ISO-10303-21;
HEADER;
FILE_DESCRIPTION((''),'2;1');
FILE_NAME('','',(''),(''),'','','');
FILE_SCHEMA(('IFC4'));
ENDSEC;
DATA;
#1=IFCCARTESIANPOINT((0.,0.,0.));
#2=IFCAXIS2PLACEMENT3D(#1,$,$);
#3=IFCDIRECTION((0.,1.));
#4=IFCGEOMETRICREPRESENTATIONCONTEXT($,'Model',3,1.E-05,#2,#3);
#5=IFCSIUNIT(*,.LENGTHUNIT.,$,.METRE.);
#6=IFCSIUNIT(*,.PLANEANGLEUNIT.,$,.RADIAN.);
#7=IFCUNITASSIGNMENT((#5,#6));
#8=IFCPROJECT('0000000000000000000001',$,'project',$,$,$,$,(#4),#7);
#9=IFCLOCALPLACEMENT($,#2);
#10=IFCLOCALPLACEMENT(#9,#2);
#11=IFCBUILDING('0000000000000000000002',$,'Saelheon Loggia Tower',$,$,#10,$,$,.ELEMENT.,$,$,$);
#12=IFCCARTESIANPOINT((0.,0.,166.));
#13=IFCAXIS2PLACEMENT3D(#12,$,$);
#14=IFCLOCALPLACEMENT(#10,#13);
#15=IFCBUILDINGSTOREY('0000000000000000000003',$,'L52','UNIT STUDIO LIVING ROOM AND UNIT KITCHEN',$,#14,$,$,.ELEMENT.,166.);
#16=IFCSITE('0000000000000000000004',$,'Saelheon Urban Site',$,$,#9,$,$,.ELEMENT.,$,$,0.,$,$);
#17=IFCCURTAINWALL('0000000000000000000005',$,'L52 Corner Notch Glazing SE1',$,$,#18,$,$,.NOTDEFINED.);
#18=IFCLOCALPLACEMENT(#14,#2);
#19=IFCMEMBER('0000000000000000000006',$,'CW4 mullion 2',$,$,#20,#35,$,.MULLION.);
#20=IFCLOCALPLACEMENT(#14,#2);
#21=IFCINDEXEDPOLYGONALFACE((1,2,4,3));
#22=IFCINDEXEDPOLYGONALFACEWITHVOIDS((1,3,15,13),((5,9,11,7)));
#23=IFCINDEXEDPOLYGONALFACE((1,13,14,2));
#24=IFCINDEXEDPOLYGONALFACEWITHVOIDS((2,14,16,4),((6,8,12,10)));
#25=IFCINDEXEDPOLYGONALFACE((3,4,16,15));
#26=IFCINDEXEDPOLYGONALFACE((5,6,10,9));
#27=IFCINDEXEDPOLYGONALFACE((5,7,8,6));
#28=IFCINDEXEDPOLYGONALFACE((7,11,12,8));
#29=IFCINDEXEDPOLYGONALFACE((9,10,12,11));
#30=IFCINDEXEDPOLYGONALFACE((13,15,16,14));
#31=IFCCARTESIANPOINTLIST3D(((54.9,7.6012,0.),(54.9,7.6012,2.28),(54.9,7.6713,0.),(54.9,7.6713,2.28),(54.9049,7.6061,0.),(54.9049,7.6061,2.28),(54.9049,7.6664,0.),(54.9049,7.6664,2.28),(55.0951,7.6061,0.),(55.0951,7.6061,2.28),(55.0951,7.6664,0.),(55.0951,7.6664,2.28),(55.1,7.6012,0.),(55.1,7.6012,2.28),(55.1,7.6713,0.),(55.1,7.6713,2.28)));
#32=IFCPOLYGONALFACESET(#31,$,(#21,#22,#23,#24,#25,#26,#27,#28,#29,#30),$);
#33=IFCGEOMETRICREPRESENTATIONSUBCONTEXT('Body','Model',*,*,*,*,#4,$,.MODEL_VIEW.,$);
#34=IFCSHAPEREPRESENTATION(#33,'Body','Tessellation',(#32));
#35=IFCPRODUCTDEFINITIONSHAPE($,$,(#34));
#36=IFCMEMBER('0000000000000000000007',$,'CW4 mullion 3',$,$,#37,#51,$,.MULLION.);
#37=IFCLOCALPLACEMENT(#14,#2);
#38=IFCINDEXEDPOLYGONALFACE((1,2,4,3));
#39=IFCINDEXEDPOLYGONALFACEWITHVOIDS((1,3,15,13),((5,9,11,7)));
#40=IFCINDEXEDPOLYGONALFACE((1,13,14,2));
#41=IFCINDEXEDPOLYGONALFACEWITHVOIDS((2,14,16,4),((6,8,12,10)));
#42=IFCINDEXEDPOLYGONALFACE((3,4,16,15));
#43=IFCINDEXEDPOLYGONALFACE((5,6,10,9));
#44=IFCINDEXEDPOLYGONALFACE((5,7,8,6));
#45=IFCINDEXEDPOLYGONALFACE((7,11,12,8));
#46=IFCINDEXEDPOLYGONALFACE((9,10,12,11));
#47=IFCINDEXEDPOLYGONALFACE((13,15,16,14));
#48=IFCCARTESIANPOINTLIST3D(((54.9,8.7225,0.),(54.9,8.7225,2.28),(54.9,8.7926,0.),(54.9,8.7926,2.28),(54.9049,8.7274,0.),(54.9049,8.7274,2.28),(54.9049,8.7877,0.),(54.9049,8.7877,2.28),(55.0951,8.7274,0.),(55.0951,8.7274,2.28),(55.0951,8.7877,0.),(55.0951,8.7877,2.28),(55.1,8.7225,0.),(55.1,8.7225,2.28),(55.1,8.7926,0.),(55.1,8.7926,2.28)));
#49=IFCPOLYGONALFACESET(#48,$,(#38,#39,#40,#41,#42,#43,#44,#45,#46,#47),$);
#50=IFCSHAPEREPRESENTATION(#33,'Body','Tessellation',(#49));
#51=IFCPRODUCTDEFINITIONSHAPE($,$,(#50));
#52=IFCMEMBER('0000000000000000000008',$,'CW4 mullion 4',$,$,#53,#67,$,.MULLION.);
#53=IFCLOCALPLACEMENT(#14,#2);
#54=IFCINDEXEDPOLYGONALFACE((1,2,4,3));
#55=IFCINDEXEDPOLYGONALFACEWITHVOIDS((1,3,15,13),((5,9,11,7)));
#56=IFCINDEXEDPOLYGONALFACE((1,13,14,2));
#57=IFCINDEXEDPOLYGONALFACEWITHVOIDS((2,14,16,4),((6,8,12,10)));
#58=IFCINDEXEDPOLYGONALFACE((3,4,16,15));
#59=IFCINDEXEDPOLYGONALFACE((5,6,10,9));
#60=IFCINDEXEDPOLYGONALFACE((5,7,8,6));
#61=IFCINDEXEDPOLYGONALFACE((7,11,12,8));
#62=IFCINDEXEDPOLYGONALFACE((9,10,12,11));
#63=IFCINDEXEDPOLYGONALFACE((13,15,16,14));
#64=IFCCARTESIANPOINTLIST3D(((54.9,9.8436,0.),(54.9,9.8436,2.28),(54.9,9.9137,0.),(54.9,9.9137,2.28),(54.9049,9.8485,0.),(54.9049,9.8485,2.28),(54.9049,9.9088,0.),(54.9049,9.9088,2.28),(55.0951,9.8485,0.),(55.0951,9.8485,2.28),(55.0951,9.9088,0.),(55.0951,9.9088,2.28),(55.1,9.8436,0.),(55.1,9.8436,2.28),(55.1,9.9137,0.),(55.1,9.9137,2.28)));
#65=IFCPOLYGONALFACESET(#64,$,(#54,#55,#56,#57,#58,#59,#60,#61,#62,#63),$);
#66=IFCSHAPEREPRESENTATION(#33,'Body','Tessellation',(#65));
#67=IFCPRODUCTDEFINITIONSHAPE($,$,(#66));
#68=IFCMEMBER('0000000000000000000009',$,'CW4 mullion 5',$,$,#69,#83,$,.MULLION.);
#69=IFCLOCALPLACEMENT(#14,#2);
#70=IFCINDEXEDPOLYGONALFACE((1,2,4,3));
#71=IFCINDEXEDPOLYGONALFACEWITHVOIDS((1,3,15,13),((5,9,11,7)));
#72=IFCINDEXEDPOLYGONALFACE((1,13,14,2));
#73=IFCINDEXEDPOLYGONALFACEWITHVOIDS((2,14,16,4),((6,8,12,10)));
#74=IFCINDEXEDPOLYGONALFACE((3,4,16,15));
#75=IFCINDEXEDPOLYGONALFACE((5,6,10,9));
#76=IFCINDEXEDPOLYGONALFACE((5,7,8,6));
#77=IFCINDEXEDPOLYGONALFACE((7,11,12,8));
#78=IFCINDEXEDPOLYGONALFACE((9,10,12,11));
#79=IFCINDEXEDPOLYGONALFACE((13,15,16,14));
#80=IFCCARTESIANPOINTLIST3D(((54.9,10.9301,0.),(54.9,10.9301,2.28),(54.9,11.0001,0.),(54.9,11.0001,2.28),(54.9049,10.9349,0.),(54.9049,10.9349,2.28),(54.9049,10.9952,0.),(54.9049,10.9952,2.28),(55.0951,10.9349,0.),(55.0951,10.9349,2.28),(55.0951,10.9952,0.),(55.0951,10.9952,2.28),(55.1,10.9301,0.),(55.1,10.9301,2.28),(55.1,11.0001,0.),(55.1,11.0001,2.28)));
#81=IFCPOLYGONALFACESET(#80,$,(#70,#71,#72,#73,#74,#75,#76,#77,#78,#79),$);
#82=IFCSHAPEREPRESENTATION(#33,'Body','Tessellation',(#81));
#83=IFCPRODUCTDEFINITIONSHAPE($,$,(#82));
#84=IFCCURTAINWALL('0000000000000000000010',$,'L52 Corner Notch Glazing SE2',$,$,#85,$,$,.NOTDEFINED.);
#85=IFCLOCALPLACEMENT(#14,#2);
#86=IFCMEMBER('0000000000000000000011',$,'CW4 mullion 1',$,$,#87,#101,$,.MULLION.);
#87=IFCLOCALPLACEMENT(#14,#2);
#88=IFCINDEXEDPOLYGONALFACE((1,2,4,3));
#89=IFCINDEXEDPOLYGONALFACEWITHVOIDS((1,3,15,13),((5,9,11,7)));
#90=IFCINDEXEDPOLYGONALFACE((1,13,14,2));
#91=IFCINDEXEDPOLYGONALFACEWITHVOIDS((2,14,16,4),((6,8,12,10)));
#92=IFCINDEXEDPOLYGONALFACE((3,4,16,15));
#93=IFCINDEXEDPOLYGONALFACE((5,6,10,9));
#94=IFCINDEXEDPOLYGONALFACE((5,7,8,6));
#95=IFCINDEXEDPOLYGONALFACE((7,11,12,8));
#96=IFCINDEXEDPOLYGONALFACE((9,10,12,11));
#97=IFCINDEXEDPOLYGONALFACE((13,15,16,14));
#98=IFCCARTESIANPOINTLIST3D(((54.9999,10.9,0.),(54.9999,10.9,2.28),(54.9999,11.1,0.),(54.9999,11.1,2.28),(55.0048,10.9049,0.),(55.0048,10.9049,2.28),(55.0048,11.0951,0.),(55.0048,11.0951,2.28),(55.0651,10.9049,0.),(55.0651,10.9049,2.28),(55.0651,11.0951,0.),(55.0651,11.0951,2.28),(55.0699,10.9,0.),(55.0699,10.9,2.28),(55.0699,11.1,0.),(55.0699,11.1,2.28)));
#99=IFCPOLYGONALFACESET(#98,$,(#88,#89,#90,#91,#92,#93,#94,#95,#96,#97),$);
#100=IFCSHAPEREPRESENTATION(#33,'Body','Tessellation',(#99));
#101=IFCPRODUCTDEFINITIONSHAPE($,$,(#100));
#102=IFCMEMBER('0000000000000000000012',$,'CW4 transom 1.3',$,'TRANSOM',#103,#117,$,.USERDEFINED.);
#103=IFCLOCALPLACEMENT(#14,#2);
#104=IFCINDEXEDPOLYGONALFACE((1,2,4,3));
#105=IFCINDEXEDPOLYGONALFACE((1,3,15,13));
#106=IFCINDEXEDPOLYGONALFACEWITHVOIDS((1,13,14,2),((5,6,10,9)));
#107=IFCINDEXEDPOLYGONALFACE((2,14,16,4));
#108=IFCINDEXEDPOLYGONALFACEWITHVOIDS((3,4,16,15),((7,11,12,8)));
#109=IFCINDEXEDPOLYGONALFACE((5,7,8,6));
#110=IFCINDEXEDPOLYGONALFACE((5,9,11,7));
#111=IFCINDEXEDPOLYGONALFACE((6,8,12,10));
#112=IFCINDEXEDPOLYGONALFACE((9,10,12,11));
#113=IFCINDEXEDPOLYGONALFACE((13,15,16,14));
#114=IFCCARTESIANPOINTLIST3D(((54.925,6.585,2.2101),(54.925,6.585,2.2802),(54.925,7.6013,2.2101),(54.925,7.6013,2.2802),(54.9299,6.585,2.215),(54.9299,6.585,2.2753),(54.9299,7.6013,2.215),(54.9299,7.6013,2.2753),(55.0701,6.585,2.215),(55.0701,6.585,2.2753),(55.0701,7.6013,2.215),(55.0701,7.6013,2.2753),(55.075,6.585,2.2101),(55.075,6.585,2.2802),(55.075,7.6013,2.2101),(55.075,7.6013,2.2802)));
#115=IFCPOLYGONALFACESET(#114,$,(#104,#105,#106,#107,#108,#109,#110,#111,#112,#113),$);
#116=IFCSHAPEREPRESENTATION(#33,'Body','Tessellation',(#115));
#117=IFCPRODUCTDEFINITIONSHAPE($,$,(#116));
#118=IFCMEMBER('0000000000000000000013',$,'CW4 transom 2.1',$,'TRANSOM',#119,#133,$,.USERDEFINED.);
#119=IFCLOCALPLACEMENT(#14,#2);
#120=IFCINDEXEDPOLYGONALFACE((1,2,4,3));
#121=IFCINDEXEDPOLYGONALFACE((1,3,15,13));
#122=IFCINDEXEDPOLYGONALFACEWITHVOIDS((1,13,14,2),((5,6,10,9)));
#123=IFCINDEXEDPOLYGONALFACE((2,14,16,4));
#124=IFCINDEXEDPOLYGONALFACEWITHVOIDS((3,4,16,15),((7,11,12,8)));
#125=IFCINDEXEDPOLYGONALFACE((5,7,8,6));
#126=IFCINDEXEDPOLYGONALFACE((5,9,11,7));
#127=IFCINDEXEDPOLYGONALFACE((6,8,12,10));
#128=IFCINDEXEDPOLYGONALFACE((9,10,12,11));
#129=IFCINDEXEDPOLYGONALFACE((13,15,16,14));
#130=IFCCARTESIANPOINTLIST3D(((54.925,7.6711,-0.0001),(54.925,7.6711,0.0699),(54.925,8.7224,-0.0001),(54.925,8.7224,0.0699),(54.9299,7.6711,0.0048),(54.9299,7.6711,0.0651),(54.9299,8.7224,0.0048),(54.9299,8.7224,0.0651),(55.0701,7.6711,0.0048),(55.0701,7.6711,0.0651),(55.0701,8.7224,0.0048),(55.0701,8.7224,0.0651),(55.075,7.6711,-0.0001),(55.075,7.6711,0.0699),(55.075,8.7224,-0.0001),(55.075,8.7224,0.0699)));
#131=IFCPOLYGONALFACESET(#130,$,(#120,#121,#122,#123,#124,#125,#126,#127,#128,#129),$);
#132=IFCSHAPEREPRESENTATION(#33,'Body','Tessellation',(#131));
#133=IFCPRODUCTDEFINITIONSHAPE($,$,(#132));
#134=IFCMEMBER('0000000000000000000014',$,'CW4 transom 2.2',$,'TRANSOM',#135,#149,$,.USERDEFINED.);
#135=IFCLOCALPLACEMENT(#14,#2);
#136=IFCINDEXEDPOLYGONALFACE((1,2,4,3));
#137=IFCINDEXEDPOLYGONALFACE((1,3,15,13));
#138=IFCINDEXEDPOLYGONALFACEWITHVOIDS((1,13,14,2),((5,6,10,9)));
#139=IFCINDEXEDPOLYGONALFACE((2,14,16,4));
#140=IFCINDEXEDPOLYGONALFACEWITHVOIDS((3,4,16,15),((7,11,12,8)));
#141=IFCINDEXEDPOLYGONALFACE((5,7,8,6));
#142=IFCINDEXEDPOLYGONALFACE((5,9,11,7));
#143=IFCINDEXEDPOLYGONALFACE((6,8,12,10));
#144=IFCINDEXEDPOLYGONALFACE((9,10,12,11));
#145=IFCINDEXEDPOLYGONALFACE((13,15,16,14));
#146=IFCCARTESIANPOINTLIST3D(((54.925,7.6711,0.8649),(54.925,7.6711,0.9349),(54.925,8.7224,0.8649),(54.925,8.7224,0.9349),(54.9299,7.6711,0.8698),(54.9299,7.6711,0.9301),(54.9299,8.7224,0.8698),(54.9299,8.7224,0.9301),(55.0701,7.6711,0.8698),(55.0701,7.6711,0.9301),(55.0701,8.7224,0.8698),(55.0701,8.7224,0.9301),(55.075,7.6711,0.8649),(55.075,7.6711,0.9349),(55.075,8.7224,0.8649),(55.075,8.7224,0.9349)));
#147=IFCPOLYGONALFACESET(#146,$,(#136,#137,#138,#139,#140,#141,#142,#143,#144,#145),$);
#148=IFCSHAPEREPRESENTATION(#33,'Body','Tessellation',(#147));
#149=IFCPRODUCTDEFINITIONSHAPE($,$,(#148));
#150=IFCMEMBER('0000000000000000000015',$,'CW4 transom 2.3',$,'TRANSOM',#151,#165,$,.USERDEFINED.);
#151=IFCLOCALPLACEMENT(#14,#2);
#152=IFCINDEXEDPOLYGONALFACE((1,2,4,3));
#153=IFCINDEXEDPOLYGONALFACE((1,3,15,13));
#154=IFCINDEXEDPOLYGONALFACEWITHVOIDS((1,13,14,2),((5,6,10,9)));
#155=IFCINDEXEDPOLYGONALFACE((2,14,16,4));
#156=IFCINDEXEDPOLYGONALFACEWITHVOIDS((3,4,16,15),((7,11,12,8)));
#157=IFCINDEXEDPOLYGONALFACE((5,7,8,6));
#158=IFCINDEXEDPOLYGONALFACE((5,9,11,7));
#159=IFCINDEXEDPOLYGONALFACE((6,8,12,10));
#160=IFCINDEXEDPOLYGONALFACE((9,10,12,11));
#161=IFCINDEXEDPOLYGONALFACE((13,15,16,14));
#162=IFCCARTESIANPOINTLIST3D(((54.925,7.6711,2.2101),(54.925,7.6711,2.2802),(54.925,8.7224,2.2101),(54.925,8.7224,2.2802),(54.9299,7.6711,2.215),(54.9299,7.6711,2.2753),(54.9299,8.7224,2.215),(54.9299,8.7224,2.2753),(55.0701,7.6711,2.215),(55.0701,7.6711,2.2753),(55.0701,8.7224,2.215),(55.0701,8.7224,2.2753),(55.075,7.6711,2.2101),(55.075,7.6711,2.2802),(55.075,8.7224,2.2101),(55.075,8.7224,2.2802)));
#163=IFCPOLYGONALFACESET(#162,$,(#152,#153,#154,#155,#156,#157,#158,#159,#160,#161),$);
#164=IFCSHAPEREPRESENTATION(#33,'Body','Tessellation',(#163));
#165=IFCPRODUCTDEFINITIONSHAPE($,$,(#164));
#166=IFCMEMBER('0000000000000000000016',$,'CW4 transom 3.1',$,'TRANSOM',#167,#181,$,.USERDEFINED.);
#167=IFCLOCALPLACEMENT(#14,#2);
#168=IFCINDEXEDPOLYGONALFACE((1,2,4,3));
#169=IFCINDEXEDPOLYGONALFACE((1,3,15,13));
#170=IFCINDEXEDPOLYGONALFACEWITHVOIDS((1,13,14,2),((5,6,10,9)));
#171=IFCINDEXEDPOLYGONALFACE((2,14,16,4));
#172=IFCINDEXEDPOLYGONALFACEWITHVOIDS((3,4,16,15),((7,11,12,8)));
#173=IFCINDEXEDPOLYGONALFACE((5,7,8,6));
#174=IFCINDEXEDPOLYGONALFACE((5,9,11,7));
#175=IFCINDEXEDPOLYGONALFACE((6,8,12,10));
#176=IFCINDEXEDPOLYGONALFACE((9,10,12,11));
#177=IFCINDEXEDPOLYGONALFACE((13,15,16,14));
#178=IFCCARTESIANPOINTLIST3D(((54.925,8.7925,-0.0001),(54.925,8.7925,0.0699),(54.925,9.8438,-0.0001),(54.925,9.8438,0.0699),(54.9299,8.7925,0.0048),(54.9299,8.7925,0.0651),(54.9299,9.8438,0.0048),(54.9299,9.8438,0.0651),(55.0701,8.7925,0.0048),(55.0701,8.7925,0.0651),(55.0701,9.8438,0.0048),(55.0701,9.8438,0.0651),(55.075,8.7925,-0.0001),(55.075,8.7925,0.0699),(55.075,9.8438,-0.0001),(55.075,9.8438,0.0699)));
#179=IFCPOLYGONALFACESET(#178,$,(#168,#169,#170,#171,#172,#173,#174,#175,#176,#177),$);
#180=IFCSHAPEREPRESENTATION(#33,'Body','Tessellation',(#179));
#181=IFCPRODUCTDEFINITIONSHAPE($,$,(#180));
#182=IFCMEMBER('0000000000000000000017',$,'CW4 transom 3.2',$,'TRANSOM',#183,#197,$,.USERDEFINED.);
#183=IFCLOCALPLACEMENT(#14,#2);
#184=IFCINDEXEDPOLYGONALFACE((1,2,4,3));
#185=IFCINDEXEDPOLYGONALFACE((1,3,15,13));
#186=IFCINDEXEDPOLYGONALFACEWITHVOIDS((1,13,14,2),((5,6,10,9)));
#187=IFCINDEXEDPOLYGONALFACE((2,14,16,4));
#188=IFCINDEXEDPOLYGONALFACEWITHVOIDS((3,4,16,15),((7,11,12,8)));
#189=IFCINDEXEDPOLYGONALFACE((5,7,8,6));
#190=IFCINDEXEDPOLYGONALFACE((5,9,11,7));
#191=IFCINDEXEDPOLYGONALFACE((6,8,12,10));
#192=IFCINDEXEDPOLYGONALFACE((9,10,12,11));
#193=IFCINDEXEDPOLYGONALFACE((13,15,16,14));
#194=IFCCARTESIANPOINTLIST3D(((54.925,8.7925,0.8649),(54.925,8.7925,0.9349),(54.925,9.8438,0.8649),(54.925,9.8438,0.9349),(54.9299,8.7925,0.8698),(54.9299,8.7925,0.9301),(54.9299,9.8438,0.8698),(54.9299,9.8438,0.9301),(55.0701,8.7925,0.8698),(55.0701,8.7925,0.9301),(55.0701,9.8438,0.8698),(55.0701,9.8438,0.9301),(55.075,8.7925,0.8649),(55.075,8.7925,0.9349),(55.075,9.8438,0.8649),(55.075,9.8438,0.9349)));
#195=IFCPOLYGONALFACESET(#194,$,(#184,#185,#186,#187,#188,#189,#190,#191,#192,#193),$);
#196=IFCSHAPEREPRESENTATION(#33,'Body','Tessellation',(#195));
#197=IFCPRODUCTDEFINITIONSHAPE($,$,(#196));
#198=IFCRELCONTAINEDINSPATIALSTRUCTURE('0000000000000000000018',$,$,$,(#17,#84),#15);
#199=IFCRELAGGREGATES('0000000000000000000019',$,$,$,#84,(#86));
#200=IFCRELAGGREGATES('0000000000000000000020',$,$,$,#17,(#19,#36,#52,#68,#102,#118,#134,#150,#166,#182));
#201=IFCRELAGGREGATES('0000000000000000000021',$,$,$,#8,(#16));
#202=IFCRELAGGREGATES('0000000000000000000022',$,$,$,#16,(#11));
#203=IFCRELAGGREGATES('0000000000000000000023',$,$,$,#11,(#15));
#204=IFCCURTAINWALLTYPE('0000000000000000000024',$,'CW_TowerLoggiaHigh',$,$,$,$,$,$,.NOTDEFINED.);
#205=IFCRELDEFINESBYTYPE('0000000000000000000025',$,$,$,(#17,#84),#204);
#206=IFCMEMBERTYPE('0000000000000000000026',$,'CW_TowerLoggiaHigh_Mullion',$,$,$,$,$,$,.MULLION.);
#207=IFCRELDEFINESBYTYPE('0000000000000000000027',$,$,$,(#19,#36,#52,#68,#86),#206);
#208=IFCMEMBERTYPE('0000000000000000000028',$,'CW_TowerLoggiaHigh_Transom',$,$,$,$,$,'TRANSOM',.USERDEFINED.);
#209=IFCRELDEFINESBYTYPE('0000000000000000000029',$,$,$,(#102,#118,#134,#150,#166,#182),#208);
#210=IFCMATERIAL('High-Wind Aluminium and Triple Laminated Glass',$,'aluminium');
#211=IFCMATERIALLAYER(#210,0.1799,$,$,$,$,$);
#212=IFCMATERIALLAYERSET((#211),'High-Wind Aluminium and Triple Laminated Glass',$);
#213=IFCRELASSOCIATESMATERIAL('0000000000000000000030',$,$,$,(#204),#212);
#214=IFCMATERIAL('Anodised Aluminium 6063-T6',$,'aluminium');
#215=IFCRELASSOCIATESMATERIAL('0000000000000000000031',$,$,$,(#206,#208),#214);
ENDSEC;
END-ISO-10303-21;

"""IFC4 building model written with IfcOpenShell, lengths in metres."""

from ifc_helpers import new_model, si_unit, direction, frame, origin, origin_2d, place, context, subcontext, project, spatial, hollow_rectangle, extrude, source, transform, mapped, material, layer, layer_set, material_profile, profile_set, type_object, element, aggregate, save


model = new_model("IFC4")

# Units and contexts
model_context = context("Model", 3, precision=1e-05, world=origin(), true_north=direction((0.0, 1.0)))
body_context = subcontext(model_context, "Body", "Model", "MODEL_VIEW")
ifc_project = project(units=[si_unit("LENGTHUNIT", "METRE"), si_unit("PLANEANGLEUNIT", "RADIAN")], contexts=[model_context])

# Site, building, storey
site_placement = place(None, origin())
site = spatial("IfcSite", under=ifc_project, at=site_placement, Name="Saelheon Urban Site", CompositionType="ELEMENT", RefElevation=0.0)
building_placement = place(site_placement, origin())
building = spatial("IfcBuilding", under=site, at=building_placement, Name="Saelheon Loggia Tower", CompositionType="ELEMENT")
storey_placement = place(building_placement, frame((0.0, 0.0, 166.0)))
storey = spatial("IfcBuildingStorey", under=building, at=storey_placement, Name="L52", Description="UNIT STUDIO LIVING ROOM AND UNIT KITCHEN", CompositionType="ELEMENT", Elevation=166.0)

# Curtain wall, members
ifc_material_1 = material(Name="High-Wind Aluminium and Triple Laminated Glass", Category="aluminium")
ifc_layer_1 = layer(ifc_material_1, 0.1799)
ifc_layer_set_1 = layer_set([ifc_layer_1], Name="High-Wind Aluminium and Triple Laminated Glass")
curtain_wall_type = type_object("IfcCurtainWallType", Name="CW_TowerLoggiaHigh", PredefinedType="NOTDEFINED", material=ifc_layer_set_1)
curtain_wall_1_placement = place(storey_placement, origin())
curtain_wall_1 = element("IfcCurtainWall", 1, at=curtain_wall_1_placement, inside=storey, type_object=curtain_wall_type, Name="L52 Corner Notch Glazing SE1", PredefinedType="NOTDEFINED")
ifc_material_2 = material(Name="Anodised Aluminium 6063-T6", Category="aluminium")
ifc_material_profile_1 = material_profile(ifc_material_2, hollow_rectangle(XDim=0.0701, YDim=0.2, WallThickness=0.0049, at=origin_2d()), Name="RHS-200x70x5")
ifc_profile_set_1 = profile_set([ifc_material_profile_1], Name="Anodised Aluminium 6063-T6")
member_type_1 = type_object("IfcMemberType", Name="CW_TowerLoggiaHigh_Mullion", PredefinedType="MULLION", material=ifc_profile_set_1)
shared_shape_1 = source(origin(), body_context, "Body", "SweptSolid", [
    extrude(hollow_rectangle(XDim=0.0701, YDim=0.2, WallThickness=0.0049, at=origin_2d()), origin(), (0.0, 0.0, 1.0), 2.28),
])
member_1_placement = place(storey_placement, frame((55.0, 7.6362, 0.0), z_axis=(0.0, 0.0, 1.0), x_axis=(0.0, 1.0, 0.0)))
member_1 = element("IfcMember", 2, at=member_1_placement, type_object=member_type_1, Name="CW4 mullion 2", PredefinedType="MULLION", context=body_context, shape_type="MappedRepresentation", body=[
    mapped(shared_shape_1, transform((0.0, 0.0, 0.0), scale=1.0)),
])
member_2_placement = place(storey_placement, frame((55.0, 8.7576, 0.0), z_axis=(0.0, 0.0, 1.0), x_axis=(0.0, 1.0, 0.0)))
member_2 = element("IfcMember", 3, at=member_2_placement, type_object=member_type_1, Name="CW4 mullion 3", PredefinedType="MULLION", context=body_context, shape_type="MappedRepresentation", body=[
    mapped(shared_shape_1, transform((0.0, 0.0, 0.0), scale=1.0)),
])
member_3_placement = place(storey_placement, frame((55.0, 9.8787, 0.0), z_axis=(0.0, 0.0, 1.0), x_axis=(0.0, 1.0, 0.0)))
member_3 = element("IfcMember", 4, at=member_3_placement, type_object=member_type_1, Name="CW4 mullion 4", PredefinedType="MULLION", context=body_context, shape_type="MappedRepresentation", body=[
    mapped(shared_shape_1, transform((0.0, 0.0, 0.0), scale=1.0)),
])
member_4_placement = place(storey_placement, frame((55.0, 10.9651, 0.0), z_axis=(0.0, 0.0, 1.0), x_axis=(0.0, 1.0, 0.0)))
member_4 = element("IfcMember", 5, at=member_4_placement, type_object=member_type_1, Name="CW4 mullion 5", PredefinedType="MULLION", context=body_context, shape_type="MappedRepresentation", body=[
    mapped(shared_shape_1, transform((0.0, 0.0, 0.0), scale=1.0)),
])

# Curtain wall, member
curtain_wall_2_placement = place(storey_placement, origin())
curtain_wall_2 = element("IfcCurtainWall", 6, at=curtain_wall_2_placement, inside=storey, type_object=curtain_wall_type, Name="L52 Corner Notch Glazing SE2", PredefinedType="NOTDEFINED")
member_5_placement = place(storey_placement, frame((55.0349, 11.0, 0.0), z_axis=(0.0, 0.0, 1.0), x_axis=(1.0, 0.0, 0.0)))
member_5 = element("IfcMember", 7, at=member_5_placement, type_object=member_type_1, Name="CW4 mullion 1", PredefinedType="MULLION", context=body_context, shape_type="MappedRepresentation", body=[
    mapped(shared_shape_1, transform((0.0, 0.0, 0.0), scale=1.0)),
])

# Members
ifc_material_profile_2 = material_profile(ifc_material_2, hollow_rectangle(XDim=0.0701, YDim=0.1499, WallThickness=0.0049, at=origin_2d()), Name="RHS-150x70x5")
ifc_profile_set_2 = profile_set([ifc_material_profile_2], Name="Anodised Aluminium 6063-T6")
member_type_2 = type_object("IfcMemberType", Name="CW_TowerLoggiaHigh_Transom", ElementType="TRANSOM", PredefinedType="USERDEFINED", material=ifc_profile_set_2)
shared_shape_2 = source(origin(), body_context, "Body", "SweptSolid", [
    extrude(hollow_rectangle(XDim=0.0701, YDim=0.1499, WallThickness=0.0049, at=origin_2d()), origin(), (0.0, 0.0, 1.0), 1.0164),
])
member_6_placement = place(storey_placement, frame((55.0, 6.585, 2.2451), z_axis=(0.0, 1.0, 0.0), x_axis=(0.0, 0.0, 1.0)))
member_6 = element("IfcMember", 8, at=member_6_placement, type_object=member_type_2, Name="CW4 transom 1.3", ObjectType="TRANSOM", PredefinedType="USERDEFINED", context=body_context, shape_type="MappedRepresentation", body=[
    mapped(shared_shape_2, transform((0.0, 0.0, 0.0), scale=1.0)),
])
shared_shape_3 = source(origin(), body_context, "Body", "SweptSolid", [
    extrude(hollow_rectangle(XDim=0.0701, YDim=0.1499, WallThickness=0.0049, at=origin_2d()), origin(), (0.0, 0.0, 1.0), 1.0513),
])
member_7_placement = place(storey_placement, frame((55.0, 7.6711, 0.0349), z_axis=(0.0, 1.0, 0.0), x_axis=(0.0, 0.0, 1.0)))
member_7 = element("IfcMember", 9, at=member_7_placement, type_object=member_type_2, Name="CW4 transom 2.1", ObjectType="TRANSOM", PredefinedType="USERDEFINED", context=body_context, shape_type="MappedRepresentation", body=[
    mapped(shared_shape_3, transform((0.0, 0.0, 0.0), scale=1.0)),
])
member_8_placement = place(storey_placement, frame((55.0, 7.6711, 0.8999), z_axis=(0.0, 1.0, 0.0), x_axis=(0.0, 0.0, 1.0)))
member_8 = element("IfcMember", 10, at=member_8_placement, type_object=member_type_2, Name="CW4 transom 2.2", ObjectType="TRANSOM", PredefinedType="USERDEFINED", context=body_context, shape_type="MappedRepresentation", body=[
    mapped(shared_shape_3, transform((0.0, 0.0, 0.0), scale=1.0)),
])
member_9_placement = place(storey_placement, frame((55.0, 7.6711, 2.2451), z_axis=(0.0, 1.0, 0.0), x_axis=(0.0, 0.0, 1.0)))
member_9 = element("IfcMember", 11, at=member_9_placement, type_object=member_type_2, Name="CW4 transom 2.3", ObjectType="TRANSOM", PredefinedType="USERDEFINED", context=body_context, shape_type="MappedRepresentation", body=[
    mapped(shared_shape_3, transform((0.0, 0.0, 0.0), scale=1.0)),
])
member_10_placement = place(storey_placement, frame((55.0, 8.7925, 0.0349), z_axis=(0.0, 1.0, 0.0), x_axis=(0.0, 0.0, 1.0)))
member_10 = element("IfcMember", 12, at=member_10_placement, type_object=member_type_2, Name="CW4 transom 3.1", ObjectType="TRANSOM", PredefinedType="USERDEFINED", context=body_context, shape_type="MappedRepresentation", body=[
    mapped(shared_shape_3, transform((0.0, 0.0, 0.0), scale=1.0)),
])
member_11_placement = place(storey_placement, frame((55.0, 8.7925, 0.8999), z_axis=(0.0, 1.0, 0.0), x_axis=(0.0, 0.0, 1.0)))
member_11 = element("IfcMember", 13, at=member_11_placement, type_object=member_type_2, Name="CW4 transom 3.2", ObjectType="TRANSOM", PredefinedType="USERDEFINED", context=body_context, shape_type="MappedRepresentation", body=[
    mapped(shared_shape_3, transform((0.0, 0.0, 0.0), scale=1.0)),
])

aggregate(curtain_wall_2, [member_5])
aggregate(curtain_wall_1, [member_1, member_2, member_3, member_4, member_6, member_7, member_8, member_9, member_10, member_11])

save(model, "model.ifc")
